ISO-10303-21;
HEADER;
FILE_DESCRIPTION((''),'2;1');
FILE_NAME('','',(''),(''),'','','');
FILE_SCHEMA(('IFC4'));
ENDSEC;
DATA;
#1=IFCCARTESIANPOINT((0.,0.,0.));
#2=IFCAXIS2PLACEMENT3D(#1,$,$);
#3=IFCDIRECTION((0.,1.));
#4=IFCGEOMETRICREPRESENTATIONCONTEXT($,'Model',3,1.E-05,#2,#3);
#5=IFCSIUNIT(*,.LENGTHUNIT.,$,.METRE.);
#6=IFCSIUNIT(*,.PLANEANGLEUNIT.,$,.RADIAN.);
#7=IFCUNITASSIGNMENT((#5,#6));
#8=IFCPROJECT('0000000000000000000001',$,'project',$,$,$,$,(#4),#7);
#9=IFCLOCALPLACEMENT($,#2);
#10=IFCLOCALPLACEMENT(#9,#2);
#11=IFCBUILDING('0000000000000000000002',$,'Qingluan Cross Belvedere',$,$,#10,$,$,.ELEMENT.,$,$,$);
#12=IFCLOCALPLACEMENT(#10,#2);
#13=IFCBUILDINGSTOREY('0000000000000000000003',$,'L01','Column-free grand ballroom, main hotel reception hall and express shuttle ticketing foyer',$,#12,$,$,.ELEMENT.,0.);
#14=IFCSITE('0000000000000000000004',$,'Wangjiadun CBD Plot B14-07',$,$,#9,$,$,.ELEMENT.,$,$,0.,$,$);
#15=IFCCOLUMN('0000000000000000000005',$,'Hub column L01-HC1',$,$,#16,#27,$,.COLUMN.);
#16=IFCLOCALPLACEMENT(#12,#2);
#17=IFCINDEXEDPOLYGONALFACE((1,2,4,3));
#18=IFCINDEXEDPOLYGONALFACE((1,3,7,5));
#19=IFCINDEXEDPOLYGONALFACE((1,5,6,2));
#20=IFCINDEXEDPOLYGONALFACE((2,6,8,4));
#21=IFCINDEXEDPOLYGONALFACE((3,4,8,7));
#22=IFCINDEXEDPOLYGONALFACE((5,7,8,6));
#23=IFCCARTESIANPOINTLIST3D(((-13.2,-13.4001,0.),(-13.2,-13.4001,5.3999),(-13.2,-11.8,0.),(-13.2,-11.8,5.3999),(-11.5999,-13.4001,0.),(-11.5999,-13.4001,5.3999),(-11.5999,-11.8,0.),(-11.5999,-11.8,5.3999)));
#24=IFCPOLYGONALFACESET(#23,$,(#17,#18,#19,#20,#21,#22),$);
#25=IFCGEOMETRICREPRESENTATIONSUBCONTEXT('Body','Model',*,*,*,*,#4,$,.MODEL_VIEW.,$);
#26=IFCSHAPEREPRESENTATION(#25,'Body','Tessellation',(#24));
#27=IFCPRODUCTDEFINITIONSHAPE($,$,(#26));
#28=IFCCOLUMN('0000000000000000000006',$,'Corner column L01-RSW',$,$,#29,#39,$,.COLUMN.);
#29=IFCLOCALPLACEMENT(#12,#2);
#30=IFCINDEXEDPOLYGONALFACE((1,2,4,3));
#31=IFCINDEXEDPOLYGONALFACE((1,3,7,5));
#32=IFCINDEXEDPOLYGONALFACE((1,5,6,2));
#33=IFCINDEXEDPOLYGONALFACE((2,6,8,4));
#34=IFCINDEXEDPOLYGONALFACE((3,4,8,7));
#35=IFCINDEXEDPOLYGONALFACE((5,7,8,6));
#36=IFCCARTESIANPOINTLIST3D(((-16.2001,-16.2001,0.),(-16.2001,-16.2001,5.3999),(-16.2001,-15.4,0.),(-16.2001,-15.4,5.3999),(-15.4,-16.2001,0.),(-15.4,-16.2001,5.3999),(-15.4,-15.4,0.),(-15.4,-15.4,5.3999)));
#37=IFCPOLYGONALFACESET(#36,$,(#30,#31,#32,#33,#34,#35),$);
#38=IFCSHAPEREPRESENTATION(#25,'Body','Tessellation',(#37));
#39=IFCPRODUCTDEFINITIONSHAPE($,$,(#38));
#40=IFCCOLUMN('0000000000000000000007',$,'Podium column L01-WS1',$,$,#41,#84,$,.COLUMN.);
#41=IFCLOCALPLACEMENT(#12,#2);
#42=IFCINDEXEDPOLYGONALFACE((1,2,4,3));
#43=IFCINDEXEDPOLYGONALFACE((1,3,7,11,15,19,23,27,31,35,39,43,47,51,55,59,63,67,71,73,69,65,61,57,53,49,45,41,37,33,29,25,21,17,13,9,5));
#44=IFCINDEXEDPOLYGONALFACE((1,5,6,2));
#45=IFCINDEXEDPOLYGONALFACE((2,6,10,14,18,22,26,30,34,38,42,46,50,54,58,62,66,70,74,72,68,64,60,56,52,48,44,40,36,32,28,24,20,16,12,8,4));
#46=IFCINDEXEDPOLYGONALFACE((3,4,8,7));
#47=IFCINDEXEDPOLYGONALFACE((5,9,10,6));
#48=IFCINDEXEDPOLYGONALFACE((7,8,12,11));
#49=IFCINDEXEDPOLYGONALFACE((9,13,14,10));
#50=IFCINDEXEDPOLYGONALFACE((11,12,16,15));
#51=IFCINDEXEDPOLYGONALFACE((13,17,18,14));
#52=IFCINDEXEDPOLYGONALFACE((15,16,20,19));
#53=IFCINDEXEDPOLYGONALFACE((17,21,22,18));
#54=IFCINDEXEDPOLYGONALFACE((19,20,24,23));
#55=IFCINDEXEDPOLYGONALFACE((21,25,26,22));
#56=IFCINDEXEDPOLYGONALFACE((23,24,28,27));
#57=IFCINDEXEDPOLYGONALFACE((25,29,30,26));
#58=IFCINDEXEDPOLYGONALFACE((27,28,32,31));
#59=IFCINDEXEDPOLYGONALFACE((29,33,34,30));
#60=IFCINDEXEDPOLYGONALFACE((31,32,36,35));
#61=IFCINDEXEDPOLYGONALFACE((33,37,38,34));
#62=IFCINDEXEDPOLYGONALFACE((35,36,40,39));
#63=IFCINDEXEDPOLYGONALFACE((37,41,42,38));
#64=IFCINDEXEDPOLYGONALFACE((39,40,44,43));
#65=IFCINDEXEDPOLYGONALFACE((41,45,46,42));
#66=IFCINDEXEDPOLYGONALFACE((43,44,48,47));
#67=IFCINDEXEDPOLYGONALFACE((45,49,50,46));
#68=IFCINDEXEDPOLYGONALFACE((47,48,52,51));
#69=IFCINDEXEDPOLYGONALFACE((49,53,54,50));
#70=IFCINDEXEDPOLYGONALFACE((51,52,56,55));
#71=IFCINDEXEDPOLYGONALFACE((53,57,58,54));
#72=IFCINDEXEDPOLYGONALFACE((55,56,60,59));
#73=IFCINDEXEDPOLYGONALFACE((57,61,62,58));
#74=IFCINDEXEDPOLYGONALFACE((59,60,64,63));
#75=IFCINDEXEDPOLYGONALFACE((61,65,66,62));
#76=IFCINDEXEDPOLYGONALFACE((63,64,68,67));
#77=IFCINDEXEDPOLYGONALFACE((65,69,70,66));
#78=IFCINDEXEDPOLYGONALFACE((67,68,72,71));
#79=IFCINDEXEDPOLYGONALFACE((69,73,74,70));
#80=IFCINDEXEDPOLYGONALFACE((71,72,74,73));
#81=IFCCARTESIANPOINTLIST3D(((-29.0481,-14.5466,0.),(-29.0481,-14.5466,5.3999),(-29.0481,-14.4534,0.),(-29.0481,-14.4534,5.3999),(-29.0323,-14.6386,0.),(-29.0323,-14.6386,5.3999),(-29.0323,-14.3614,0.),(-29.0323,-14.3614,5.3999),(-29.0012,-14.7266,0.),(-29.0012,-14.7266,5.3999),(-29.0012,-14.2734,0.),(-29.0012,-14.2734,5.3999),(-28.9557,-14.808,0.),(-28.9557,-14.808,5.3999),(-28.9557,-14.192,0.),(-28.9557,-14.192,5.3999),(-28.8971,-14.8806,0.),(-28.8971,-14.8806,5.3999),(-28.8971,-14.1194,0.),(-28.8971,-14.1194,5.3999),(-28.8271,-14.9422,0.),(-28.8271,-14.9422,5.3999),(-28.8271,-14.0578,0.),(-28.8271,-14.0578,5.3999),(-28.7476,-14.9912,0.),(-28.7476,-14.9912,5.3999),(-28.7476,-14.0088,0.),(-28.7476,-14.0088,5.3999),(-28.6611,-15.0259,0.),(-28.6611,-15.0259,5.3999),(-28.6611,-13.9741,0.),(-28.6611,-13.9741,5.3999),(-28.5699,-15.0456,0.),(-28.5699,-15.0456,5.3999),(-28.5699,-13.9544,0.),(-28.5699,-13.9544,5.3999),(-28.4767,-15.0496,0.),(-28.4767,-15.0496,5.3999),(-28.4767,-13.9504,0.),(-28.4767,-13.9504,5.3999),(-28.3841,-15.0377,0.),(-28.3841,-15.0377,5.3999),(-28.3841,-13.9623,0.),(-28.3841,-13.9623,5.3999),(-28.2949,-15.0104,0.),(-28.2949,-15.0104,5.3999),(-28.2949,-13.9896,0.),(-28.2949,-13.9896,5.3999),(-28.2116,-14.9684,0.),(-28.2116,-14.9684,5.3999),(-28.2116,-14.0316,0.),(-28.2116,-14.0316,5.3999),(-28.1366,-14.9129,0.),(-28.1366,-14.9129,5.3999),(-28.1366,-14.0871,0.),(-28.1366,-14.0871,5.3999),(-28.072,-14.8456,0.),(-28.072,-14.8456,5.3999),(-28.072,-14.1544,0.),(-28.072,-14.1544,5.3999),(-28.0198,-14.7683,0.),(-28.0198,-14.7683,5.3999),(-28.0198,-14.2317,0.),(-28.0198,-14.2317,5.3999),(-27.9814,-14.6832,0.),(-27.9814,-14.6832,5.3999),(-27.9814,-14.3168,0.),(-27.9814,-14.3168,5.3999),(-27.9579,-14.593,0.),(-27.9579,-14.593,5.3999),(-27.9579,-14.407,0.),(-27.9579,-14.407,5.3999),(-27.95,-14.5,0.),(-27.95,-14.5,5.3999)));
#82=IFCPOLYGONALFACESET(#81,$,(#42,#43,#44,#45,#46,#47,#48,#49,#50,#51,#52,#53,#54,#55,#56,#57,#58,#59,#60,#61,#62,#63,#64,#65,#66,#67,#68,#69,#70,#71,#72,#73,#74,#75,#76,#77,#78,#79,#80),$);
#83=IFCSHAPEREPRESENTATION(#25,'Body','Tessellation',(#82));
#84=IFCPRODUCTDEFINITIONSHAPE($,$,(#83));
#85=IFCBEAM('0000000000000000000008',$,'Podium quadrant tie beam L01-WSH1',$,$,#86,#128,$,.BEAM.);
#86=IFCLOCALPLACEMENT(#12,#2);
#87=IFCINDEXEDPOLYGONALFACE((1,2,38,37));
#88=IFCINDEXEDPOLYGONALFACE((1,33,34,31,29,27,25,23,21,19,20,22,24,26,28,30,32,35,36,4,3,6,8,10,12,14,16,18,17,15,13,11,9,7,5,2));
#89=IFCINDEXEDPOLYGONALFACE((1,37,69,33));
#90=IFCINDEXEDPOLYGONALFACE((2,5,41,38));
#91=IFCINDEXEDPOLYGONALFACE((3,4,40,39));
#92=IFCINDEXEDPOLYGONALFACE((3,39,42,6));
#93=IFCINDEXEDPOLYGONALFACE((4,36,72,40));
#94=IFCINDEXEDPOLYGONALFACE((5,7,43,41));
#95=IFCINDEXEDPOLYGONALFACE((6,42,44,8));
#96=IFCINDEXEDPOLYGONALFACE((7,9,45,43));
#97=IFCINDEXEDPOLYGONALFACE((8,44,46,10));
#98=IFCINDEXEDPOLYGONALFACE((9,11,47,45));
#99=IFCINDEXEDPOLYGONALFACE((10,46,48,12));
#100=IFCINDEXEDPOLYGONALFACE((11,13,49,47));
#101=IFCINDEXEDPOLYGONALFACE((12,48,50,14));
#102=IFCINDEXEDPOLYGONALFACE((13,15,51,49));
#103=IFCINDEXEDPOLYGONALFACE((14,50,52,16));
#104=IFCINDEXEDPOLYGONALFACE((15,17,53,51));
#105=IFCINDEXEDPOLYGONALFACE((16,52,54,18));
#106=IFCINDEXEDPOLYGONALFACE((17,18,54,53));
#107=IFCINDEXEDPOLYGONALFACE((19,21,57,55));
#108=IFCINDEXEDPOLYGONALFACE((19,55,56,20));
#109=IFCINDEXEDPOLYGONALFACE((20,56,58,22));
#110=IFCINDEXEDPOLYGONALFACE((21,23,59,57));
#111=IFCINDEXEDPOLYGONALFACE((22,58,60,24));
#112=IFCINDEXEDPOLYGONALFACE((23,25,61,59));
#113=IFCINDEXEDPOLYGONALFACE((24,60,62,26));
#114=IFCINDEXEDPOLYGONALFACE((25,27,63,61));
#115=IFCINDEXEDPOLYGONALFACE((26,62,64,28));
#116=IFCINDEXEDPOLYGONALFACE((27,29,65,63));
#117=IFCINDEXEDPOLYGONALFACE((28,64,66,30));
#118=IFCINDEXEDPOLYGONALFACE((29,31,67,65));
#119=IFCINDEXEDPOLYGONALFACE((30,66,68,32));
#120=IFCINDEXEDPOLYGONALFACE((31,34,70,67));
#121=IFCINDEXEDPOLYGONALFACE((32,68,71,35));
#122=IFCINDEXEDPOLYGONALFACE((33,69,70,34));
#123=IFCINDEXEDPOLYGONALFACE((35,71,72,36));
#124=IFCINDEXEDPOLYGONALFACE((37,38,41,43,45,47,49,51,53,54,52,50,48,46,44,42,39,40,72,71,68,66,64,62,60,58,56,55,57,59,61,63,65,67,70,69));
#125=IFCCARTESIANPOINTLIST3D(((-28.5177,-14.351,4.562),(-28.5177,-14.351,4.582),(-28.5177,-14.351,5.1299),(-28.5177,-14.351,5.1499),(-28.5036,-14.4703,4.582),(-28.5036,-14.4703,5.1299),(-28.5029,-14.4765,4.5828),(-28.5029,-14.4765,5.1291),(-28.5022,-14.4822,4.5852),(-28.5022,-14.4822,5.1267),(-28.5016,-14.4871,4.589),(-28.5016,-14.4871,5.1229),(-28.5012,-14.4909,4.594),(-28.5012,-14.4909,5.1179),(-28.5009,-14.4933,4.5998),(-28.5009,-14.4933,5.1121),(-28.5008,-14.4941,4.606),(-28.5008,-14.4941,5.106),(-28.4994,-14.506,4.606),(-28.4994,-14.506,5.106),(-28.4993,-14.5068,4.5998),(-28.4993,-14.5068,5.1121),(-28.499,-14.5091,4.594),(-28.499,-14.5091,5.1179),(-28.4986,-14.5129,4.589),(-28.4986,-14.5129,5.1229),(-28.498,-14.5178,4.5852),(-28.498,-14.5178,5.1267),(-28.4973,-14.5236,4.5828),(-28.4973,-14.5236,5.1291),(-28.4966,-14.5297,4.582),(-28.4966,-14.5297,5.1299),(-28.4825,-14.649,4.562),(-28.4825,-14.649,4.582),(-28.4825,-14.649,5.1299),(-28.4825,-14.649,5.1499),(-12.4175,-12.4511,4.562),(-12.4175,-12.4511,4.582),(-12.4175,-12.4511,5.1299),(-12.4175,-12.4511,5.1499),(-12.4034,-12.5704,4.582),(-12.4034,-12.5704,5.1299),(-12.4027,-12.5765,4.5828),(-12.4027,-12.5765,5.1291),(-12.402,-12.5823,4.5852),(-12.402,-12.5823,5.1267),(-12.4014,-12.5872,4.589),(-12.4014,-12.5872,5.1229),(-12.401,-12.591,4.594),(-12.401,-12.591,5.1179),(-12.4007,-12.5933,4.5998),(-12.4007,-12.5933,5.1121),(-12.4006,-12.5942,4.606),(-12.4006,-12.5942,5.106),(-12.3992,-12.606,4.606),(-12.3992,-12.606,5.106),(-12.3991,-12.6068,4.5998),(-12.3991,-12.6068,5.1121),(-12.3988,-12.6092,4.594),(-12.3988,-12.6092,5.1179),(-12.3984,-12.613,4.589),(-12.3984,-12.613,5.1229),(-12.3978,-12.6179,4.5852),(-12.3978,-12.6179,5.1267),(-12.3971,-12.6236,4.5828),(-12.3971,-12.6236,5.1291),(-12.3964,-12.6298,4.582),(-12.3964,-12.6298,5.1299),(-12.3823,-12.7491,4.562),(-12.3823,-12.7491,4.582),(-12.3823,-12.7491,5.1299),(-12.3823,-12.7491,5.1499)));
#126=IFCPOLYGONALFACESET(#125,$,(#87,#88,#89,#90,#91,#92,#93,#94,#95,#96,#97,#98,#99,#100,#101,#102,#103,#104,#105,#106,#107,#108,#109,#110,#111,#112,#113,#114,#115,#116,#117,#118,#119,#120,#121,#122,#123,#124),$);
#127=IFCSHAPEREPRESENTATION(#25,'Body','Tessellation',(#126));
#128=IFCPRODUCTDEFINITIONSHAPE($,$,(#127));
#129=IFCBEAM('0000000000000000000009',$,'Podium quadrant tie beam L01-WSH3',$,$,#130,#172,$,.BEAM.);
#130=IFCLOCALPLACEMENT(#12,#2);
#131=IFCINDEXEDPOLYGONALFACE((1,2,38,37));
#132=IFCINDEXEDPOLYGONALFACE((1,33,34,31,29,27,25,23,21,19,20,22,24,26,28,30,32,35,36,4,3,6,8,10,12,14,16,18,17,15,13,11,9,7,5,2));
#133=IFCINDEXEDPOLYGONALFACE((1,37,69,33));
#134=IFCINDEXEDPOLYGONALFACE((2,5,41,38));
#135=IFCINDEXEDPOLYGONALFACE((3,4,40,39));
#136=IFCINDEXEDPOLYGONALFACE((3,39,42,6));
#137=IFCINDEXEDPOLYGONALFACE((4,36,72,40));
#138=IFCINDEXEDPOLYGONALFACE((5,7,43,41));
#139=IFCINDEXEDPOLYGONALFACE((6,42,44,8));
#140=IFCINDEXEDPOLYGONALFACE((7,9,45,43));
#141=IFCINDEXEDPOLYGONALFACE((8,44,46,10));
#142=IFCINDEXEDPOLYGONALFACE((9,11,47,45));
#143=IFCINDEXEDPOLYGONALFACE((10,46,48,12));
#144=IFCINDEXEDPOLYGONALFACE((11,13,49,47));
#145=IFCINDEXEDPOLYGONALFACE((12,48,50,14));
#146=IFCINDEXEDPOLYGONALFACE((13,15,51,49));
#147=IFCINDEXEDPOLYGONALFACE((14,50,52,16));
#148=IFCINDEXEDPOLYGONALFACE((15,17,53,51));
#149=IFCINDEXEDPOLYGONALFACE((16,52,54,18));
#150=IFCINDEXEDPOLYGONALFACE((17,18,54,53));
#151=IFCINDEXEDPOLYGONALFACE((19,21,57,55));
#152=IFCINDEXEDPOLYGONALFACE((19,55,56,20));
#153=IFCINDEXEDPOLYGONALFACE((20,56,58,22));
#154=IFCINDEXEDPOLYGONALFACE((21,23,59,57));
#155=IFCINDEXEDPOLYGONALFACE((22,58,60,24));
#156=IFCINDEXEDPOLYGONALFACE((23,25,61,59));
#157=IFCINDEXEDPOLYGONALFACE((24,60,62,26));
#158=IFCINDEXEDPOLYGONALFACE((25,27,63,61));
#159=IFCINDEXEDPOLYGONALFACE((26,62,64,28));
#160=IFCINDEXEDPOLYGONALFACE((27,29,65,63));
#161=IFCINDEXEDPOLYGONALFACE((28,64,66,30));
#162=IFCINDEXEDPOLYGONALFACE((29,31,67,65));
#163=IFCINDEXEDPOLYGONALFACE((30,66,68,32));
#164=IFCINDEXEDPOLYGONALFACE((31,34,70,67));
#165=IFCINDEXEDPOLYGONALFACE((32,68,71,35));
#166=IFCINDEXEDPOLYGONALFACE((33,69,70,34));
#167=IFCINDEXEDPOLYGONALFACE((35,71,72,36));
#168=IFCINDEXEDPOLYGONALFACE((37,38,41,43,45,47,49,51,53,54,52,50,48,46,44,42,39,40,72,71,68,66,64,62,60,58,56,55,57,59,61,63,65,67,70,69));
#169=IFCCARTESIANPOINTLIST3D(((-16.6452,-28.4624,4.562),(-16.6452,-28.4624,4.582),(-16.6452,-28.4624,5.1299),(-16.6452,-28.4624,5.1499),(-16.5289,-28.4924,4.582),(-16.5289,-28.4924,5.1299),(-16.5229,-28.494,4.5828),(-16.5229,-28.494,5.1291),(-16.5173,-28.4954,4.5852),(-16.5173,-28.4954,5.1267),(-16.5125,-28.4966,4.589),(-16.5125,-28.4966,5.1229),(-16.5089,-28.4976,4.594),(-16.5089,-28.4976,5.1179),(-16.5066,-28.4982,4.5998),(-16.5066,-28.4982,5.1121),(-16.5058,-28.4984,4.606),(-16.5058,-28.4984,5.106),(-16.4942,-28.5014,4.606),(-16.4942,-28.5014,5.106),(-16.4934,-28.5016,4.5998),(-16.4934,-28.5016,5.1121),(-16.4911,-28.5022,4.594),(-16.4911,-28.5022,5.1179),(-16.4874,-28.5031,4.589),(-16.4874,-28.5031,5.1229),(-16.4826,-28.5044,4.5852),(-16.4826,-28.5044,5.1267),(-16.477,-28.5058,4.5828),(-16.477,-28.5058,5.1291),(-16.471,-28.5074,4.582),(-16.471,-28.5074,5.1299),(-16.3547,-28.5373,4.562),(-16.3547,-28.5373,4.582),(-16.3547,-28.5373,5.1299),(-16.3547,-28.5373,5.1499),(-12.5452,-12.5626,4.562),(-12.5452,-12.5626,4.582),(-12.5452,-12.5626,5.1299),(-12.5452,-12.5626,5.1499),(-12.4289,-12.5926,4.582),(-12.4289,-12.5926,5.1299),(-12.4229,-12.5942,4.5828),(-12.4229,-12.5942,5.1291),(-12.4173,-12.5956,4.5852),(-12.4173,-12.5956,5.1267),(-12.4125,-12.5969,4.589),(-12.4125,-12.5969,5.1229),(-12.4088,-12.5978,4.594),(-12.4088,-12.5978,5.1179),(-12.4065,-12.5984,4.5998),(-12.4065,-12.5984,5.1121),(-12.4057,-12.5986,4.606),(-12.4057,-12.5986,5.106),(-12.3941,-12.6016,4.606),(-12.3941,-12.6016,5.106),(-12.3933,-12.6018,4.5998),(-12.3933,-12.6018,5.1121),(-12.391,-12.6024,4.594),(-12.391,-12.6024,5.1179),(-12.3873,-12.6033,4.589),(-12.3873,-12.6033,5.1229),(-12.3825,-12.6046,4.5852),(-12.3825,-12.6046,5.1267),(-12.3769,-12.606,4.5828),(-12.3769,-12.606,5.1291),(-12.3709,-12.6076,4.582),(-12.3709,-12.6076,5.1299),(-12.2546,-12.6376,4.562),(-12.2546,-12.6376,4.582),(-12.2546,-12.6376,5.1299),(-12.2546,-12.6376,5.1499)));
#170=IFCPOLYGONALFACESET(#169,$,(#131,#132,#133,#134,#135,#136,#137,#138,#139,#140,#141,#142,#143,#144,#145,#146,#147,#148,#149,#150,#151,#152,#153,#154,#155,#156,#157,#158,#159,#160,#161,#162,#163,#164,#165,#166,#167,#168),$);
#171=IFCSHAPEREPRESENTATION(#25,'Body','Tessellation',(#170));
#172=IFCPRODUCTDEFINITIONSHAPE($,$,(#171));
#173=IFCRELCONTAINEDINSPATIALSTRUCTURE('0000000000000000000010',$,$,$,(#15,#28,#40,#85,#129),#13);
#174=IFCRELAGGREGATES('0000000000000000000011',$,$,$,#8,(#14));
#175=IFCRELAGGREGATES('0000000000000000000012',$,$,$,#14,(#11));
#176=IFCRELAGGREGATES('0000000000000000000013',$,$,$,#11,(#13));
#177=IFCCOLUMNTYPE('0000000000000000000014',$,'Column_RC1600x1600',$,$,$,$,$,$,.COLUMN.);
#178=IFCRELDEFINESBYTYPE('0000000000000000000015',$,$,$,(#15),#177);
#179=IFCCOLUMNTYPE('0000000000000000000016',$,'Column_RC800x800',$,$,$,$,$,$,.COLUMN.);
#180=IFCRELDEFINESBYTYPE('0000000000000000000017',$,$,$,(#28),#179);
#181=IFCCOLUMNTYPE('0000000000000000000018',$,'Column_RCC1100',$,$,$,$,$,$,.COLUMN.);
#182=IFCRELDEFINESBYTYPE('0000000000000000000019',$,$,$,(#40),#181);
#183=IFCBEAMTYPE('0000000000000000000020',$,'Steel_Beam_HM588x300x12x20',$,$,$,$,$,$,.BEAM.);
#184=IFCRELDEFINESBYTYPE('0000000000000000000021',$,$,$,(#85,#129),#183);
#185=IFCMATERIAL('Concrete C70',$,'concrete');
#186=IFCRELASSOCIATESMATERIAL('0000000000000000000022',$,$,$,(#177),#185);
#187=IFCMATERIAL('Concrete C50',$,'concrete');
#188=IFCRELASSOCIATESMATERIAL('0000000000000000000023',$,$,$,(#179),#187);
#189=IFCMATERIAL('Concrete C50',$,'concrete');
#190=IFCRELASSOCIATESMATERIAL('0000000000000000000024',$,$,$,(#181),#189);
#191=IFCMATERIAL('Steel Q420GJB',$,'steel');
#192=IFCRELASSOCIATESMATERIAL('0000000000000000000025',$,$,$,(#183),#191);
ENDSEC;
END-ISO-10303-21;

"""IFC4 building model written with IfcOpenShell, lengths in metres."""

from ifc_helpers import new_model, si_unit, direction, frame, origin, origin_2d, place, context, subcontext, project, spatial, rectangle, circle, i_section, extrude, material, material_profile, profile_set, type_object, element, save


model = new_model("IFC4")

# Units and contexts
model_context = context("Model", 3, precision=1e-05, world=origin(), true_north=direction((0.0, 1.0)))
body_context = subcontext(model_context, "Body", "Model", "MODEL_VIEW")
ifc_project = project(units=[si_unit("LENGTHUNIT", "METRE"), si_unit("PLANEANGLEUNIT", "RADIAN")], contexts=[model_context])

# Site, building, storey
site_placement = place(None, origin())
site = spatial("IfcSite", under=ifc_project, at=site_placement, Name="Wangjiadun CBD Plot B14-07", CompositionType="ELEMENT", RefElevation=0.0)
building_placement = place(site_placement, origin())
building = spatial("IfcBuilding", under=site, at=building_placement, Name="Qingluan Cross Belvedere", CompositionType="ELEMENT")
storey_placement = place(building_placement, origin())
storey = spatial("IfcBuildingStorey", under=building, at=storey_placement, Name="L01", Description="Column-free grand ballroom, main hotel reception hall and express shuttle ticketing foyer", CompositionType="ELEMENT", Elevation=0.0)

# Columns
ifc_material_1 = material(Name="Concrete C70", Category="concrete")
ifc_material_profile_1 = material_profile(ifc_material_1, rectangle(XDim=1.6001, YDim=1.6001, at=origin_2d()), Name="RC1600x1600")
ifc_profile_set_1 = profile_set([ifc_material_profile_1], Name="Concrete C70")
column_type_1 = type_object("IfcColumnType", Name="Column_RC1600x1600", PredefinedType="COLUMN", material=ifc_profile_set_1)
column_1_placement = place(storey_placement, frame((-12.3999, -12.6001, 0.0), z_axis=(0.0, 0.0, 1.0), x_axis=(1.0, 0.0, 0.0)))
element("IfcColumn", 1, at=column_1_placement, inside=storey, type_object=column_type_1, Name="Hub column L01-HC1", PredefinedType="COLUMN", context=body_context, shape_type="SweptSolid", body=[
    extrude(rectangle(XDim=1.6001, YDim=1.6001, at=origin_2d()), origin(), (0.0, 0.0, 1.0), 5.3999),
])
ifc_material_2 = material(Name="Concrete C50", Category="concrete")
ifc_material_profile_2 = material_profile(ifc_material_2, rectangle(XDim=0.8, YDim=0.8, at=origin_2d()), Name="RC800x800")
ifc_profile_set_2 = profile_set([ifc_material_profile_2], Name="Concrete C50")
column_type_2 = type_object("IfcColumnType", Name="Column_RC800x800", PredefinedType="COLUMN", material=ifc_profile_set_2)
column_2_placement = place(storey_placement, frame((-15.8, -15.8, 0.0), z_axis=(0.0, 0.0, 1.0), x_axis=(1.0, 0.0, 0.0)))
element("IfcColumn", 2, at=column_2_placement, inside=storey, type_object=column_type_2, Name="Corner column L01-RSW", PredefinedType="COLUMN", context=body_context, shape_type="SweptSolid", body=[
    extrude(rectangle(XDim=0.8, YDim=0.8, at=origin_2d()), origin(), (0.0, 0.0, 1.0), 5.3999),
])
ifc_material_3 = material(Name="Concrete C50", Category="concrete")
ifc_material_profile_3 = material_profile(ifc_material_3, circle(Radius=0.55, at=origin_2d()), Name="RCC1100")
ifc_profile_set_3 = profile_set([ifc_material_profile_3], Name="Concrete C50")
column_type_3 = type_object("IfcColumnType", Name="Column_RCC1100", PredefinedType="COLUMN", material=ifc_profile_set_3)
column_3_placement = place(storey_placement, frame((-28.5, -14.5, 0.0), z_axis=(0.0, 0.0, 1.0), x_axis=(1.0, 0.0, 0.0)))
element("IfcColumn", 3, at=column_3_placement, inside=storey, type_object=column_type_3, Name="Podium column L01-WS1", PredefinedType="COLUMN", context=body_context, shape_type="SweptSolid", body=[
    extrude(circle(Radius=0.55, at=origin_2d()), origin(), (0.0, 0.0, 1.0), 5.3999),
])

# Beams
ifc_material_4 = material(Name="Steel Q420GJB", Category="steel")
ifc_material_profile_4 = material_profile(ifc_material_4, i_section(OverallWidth=0.3, OverallDepth=0.5879, WebThickness=0.012, FlangeThickness=0.02, FilletRadius=0.0239, at=origin_2d()), Name="HM588x300x12x20")
ifc_profile_set_4 = profile_set([ifc_material_profile_4], Name="Steel Q420GJB")
beam_type_1 = type_object("IfcBeamType", Name="Steel_Beam_HM588x300x12x20", PredefinedType="BEAM", material=ifc_profile_set_4)
beam_1_placement = place(storey_placement, frame((-12.3999, -12.6001, 4.856), z_axis=(-0.993109, -0.117192, 0.0), x_axis=(0.117192, -0.993109, 0.0)))
element("IfcBeam", 4, at=beam_1_placement, inside=storey, type_object=beam_type_1, Name="Podium quadrant tie beam L01-WSH1", PredefinedType="BEAM", context=body_context, shape_type="SweptSolid", body=[
    extrude(i_section(OverallWidth=0.3, OverallDepth=0.5879, WebThickness=0.012, FlangeThickness=0.02, FilletRadius=0.0239, at=origin_2d()), origin(), (0.0, 0.0, 1.0), 16.2119),
])
beam_2_placement = place(storey_placement, frame((-12.3999, -12.6001, 4.856), z_axis=(-0.249701, -0.968323, 0.0), x_axis=(0.968323, -0.249701, 0.0)))
element("IfcBeam", 5, at=beam_2_placement, inside=storey, type_object=beam_type_1, Name="Podium quadrant tie beam L01-WSH3", PredefinedType="BEAM", context=body_context, shape_type="SweptSolid", body=[
    extrude(i_section(OverallWidth=0.3, OverallDepth=0.5879, WebThickness=0.012, FlangeThickness=0.02, FilletRadius=0.0239, at=origin_2d()), origin(), (0.0, 0.0, 1.0), 16.4199),
])

save(model, "model.ifc")
